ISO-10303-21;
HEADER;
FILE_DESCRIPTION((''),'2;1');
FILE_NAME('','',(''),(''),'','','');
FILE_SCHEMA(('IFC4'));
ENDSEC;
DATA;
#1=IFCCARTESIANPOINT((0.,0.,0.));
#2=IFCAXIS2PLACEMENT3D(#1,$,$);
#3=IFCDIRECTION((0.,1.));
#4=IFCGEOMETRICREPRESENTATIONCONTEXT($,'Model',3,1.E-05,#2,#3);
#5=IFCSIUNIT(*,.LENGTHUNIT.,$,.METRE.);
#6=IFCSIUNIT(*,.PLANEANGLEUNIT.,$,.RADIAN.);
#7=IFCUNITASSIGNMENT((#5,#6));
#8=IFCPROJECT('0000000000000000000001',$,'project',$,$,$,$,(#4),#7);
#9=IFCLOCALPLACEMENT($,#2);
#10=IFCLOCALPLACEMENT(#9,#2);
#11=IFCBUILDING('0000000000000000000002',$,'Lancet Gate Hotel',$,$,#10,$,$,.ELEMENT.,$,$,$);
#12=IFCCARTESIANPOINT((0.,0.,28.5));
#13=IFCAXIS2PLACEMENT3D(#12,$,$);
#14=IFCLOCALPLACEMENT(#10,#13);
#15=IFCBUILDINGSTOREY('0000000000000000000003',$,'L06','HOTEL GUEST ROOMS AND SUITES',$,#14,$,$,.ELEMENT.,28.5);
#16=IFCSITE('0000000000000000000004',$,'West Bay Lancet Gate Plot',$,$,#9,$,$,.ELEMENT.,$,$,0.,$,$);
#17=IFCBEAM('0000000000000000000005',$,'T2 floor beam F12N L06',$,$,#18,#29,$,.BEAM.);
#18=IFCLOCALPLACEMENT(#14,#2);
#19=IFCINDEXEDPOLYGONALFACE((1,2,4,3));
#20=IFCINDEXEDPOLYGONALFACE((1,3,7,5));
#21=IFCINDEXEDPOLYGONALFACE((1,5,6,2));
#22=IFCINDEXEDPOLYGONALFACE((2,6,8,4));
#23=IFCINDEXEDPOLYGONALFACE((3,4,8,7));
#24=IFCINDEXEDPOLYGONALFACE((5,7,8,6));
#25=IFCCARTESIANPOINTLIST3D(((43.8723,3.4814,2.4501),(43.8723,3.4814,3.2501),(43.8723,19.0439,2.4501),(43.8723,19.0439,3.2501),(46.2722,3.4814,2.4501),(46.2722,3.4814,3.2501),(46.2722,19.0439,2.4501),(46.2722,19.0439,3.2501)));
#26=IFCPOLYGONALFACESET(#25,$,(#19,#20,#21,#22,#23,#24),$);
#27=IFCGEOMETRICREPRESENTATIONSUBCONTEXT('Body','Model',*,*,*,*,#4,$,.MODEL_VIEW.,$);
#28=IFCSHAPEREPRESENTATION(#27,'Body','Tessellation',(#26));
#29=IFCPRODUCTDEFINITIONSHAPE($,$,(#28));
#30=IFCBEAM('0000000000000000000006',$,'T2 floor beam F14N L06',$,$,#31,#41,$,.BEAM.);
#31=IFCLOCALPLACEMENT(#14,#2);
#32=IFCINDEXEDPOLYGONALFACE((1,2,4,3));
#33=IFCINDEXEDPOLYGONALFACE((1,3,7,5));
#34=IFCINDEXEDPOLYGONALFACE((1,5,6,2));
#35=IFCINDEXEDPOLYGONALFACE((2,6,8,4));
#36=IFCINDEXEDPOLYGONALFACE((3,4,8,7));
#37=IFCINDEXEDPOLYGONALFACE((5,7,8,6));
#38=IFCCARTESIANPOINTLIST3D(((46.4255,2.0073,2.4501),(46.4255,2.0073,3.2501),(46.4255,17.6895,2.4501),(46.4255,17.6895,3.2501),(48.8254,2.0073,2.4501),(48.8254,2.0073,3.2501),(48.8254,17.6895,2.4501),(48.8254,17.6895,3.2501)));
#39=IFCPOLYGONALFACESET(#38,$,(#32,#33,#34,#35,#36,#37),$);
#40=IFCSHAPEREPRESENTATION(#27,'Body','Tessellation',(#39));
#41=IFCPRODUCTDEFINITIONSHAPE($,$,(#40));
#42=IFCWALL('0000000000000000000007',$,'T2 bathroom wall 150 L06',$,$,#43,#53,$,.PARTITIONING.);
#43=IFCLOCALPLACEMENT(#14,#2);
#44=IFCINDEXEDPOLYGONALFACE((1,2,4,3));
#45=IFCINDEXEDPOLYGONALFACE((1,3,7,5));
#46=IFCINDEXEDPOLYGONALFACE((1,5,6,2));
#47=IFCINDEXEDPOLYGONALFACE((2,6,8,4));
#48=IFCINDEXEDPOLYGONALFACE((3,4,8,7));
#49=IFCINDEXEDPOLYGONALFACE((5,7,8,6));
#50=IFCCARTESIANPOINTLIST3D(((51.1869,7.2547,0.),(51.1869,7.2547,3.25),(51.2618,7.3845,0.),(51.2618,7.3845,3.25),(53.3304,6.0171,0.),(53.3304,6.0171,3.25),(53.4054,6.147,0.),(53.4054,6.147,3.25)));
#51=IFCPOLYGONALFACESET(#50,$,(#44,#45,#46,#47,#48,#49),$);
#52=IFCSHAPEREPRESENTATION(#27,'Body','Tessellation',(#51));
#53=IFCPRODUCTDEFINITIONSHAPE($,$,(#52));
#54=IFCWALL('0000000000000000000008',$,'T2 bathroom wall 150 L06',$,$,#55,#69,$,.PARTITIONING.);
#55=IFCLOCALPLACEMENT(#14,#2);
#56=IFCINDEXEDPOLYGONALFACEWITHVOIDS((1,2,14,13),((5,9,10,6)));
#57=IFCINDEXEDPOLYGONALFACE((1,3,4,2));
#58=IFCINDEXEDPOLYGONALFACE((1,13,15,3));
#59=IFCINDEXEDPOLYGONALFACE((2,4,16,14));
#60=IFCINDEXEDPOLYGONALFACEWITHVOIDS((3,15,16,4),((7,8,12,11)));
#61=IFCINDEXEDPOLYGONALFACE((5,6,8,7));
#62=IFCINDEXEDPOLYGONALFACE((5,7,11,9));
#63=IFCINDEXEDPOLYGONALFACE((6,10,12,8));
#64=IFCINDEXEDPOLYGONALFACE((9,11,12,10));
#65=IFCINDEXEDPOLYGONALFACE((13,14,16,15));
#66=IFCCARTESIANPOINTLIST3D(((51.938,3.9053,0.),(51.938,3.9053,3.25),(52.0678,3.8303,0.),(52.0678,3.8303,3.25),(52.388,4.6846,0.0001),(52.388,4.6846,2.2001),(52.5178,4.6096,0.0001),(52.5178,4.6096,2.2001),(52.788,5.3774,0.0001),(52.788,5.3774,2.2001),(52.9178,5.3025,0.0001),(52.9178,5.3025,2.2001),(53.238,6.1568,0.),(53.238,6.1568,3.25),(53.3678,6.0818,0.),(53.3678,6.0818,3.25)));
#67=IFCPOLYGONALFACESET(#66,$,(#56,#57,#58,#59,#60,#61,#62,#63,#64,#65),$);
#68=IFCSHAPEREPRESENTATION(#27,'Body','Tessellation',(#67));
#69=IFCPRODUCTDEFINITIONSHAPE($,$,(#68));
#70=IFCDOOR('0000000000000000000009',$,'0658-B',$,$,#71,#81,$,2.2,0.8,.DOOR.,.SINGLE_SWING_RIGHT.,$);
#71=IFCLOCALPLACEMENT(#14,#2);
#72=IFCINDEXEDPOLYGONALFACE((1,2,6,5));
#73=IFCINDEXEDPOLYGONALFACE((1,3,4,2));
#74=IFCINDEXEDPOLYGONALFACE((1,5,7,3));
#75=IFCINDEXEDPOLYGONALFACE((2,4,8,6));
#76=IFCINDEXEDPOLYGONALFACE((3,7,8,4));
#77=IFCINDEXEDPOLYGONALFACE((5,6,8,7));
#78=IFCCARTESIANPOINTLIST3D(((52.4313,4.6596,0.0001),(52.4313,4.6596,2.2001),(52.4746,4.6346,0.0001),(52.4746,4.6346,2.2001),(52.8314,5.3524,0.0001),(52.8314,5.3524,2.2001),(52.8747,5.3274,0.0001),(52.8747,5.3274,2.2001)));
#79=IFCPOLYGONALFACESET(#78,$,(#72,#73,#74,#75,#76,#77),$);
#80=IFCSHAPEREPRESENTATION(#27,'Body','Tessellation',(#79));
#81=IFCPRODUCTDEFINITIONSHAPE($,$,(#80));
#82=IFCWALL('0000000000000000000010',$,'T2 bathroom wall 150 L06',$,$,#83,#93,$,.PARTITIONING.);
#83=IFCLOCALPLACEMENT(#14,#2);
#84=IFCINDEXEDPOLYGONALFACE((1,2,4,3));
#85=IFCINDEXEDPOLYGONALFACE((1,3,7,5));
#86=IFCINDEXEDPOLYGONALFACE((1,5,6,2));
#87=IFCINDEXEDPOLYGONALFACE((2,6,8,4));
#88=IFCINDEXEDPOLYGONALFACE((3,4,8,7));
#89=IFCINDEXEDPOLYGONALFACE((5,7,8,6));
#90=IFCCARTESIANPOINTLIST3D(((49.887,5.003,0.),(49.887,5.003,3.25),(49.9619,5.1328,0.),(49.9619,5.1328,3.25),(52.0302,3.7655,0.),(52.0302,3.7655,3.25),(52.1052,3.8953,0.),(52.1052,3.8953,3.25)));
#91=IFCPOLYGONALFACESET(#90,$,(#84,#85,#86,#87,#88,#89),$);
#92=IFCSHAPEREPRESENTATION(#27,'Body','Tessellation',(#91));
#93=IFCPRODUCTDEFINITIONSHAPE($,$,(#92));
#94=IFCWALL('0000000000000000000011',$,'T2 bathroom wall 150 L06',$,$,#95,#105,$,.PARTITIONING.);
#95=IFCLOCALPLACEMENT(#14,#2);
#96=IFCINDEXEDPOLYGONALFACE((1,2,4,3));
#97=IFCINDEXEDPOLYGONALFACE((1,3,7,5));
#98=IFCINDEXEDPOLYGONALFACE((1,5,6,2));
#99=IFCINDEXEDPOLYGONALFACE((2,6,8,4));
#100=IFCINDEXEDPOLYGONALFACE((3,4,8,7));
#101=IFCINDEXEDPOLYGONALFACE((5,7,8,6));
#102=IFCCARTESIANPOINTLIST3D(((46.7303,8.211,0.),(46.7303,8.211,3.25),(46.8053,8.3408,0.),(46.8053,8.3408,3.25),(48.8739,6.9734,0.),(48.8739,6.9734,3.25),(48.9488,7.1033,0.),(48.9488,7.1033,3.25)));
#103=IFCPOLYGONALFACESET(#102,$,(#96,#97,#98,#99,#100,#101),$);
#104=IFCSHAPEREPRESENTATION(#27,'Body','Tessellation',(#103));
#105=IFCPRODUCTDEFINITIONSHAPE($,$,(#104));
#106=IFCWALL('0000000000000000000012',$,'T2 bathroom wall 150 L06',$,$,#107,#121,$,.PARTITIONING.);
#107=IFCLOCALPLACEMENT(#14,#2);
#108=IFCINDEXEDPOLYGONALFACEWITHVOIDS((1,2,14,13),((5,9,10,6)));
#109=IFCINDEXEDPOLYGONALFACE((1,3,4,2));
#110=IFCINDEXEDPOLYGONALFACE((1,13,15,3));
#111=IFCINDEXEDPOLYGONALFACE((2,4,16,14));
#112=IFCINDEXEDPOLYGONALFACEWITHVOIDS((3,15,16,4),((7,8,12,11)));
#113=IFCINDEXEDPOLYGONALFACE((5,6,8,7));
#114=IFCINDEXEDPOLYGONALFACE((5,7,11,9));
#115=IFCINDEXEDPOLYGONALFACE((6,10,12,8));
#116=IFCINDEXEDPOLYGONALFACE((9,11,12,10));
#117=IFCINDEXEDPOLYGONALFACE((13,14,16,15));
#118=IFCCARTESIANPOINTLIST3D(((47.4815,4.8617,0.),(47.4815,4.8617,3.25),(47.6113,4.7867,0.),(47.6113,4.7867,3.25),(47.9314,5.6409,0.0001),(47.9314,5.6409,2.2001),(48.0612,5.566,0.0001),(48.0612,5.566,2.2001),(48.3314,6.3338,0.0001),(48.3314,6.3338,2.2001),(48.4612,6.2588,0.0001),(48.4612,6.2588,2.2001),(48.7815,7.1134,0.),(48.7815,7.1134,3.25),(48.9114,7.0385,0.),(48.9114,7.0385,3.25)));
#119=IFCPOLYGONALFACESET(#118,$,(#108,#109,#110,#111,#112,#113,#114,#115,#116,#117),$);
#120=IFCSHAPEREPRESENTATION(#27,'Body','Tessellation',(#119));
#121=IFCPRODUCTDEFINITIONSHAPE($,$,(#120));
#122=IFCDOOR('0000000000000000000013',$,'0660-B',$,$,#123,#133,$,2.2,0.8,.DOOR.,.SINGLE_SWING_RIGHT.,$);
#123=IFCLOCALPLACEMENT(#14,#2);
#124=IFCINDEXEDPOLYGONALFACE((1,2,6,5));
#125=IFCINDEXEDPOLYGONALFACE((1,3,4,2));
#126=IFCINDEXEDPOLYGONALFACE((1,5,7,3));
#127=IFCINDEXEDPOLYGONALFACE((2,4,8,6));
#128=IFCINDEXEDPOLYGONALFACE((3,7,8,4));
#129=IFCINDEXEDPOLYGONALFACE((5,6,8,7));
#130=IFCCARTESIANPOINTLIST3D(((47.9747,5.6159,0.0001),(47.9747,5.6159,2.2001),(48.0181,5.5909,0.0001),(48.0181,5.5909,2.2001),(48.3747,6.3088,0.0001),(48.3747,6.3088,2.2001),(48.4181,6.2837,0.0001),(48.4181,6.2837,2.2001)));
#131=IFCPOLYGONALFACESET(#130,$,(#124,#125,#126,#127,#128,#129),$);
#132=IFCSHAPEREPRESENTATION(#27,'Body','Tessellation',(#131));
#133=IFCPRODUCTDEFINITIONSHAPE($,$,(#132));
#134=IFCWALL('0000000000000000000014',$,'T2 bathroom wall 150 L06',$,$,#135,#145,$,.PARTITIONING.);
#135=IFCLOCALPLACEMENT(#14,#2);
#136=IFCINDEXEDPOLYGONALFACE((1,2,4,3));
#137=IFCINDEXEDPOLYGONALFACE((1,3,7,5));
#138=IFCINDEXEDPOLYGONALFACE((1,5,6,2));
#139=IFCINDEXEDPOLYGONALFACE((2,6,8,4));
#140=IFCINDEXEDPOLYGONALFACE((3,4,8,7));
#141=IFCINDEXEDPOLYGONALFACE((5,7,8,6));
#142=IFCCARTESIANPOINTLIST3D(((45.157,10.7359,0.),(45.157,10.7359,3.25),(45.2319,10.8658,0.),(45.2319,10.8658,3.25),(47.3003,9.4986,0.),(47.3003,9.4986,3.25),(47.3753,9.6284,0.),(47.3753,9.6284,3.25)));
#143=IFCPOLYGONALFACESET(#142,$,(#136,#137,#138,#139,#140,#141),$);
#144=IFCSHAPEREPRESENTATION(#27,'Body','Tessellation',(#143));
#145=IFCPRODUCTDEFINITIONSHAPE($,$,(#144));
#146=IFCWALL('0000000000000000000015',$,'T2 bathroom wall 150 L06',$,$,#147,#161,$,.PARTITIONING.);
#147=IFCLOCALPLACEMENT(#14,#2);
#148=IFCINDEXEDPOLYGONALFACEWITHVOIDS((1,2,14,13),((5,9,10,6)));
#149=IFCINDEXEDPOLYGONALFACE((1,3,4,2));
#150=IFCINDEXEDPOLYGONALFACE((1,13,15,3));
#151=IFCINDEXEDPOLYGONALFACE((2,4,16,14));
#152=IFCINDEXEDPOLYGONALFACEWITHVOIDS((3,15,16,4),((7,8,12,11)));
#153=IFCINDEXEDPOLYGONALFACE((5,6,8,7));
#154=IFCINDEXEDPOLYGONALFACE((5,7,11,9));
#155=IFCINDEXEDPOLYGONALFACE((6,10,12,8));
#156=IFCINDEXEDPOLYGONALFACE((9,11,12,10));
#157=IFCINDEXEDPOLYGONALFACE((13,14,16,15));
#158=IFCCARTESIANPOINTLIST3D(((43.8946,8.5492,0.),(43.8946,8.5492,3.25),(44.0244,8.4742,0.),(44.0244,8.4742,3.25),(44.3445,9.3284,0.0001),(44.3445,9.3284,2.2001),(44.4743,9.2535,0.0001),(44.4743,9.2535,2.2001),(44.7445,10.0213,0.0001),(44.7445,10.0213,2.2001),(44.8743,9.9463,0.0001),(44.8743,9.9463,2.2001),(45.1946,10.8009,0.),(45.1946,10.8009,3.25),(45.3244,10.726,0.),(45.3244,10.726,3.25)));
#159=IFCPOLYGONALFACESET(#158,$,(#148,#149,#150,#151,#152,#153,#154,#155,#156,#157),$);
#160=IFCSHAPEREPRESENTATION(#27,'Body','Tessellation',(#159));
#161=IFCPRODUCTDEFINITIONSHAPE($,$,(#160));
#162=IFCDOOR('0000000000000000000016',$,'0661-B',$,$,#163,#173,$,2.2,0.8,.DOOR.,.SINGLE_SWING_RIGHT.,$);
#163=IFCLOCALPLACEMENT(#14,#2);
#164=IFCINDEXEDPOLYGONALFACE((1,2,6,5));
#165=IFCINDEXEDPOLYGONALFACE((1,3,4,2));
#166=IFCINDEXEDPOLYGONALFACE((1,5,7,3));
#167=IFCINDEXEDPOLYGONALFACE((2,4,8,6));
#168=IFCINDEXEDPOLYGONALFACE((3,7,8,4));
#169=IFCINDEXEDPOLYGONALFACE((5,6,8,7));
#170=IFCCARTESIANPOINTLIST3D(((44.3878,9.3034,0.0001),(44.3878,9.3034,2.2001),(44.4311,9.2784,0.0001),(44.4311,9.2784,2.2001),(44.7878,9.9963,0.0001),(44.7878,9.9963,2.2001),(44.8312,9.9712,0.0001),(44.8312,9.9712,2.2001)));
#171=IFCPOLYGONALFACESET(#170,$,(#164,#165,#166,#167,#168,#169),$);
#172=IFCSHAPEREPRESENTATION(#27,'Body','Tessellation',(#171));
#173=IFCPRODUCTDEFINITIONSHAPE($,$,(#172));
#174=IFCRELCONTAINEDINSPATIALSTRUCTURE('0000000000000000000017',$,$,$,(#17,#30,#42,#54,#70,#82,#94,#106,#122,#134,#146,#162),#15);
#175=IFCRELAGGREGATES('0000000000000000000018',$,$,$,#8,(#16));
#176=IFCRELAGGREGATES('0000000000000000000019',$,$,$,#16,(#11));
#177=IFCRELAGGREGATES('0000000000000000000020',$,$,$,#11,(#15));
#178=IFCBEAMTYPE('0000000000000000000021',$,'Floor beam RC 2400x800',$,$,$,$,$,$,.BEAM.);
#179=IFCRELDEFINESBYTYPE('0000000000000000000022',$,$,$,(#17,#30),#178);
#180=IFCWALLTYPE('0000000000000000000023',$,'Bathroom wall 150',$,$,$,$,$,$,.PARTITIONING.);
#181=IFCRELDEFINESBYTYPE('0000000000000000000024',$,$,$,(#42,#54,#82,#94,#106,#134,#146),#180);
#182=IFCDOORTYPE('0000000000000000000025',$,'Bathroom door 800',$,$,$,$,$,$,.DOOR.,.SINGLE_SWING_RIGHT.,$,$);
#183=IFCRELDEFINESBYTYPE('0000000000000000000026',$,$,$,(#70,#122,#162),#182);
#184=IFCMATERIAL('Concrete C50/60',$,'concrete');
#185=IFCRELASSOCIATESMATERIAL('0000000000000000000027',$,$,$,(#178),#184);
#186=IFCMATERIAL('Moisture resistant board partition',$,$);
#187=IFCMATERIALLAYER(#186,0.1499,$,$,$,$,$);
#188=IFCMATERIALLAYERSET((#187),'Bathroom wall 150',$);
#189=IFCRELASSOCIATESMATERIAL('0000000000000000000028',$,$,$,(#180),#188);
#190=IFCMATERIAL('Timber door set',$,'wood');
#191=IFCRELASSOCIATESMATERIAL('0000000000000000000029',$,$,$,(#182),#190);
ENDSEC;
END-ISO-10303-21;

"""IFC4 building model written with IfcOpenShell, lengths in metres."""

from ifc_helpers import new_model, si_unit, direction, frame, frame_2d, origin, origin_2d, place, context, subcontext, project, spatial, rectangle, extrude, material, layer, layer_set, material_profile, profile_set, type_object, element, fill, save


model = new_model("IFC4")

# Units and contexts
model_context = context("Model", 3, precision=1e-05, world=origin(), true_north=direction((0.0, 1.0)))
body_context = subcontext(model_context, "Body", "Model", "MODEL_VIEW")
ifc_project = project(units=[si_unit("LENGTHUNIT", "METRE"), si_unit("PLANEANGLEUNIT", "RADIAN")], contexts=[model_context])

# Site, building, storey
site_placement = place(None, origin())
site = spatial("IfcSite", under=ifc_project, at=site_placement, Name="West Bay Lancet Gate Plot", CompositionType="ELEMENT", RefElevation=0.0)
building_placement = place(site_placement, origin())
building = spatial("IfcBuilding", under=site, at=building_placement, Name="Lancet Gate Hotel", CompositionType="ELEMENT")
storey_placement = place(building_placement, frame((0.0, 0.0, 28.5)))
storey = spatial("IfcBuildingStorey", under=building, at=storey_placement, Name="L06", Description="HOTEL GUEST ROOMS AND SUITES", CompositionType="ELEMENT", Elevation=28.5)

# Beams
ifc_material_1 = material(Name="Concrete C50/60", Category="concrete")
ifc_material_profile = material_profile(ifc_material_1, rectangle(XDim=2.3999, YDim=0.8, at=origin_2d()), Name="RC 2400x800")
ifc_profile_set = profile_set([ifc_material_profile], Name="Concrete C50/60")
beam_type = type_object("IfcBeamType", Name="Floor beam RC 2400x800", PredefinedType="BEAM", material=ifc_profile_set)
beam_1_placement = place(storey_placement, frame((45.0723, 3.4814, 2.8501), z_axis=(0.0, 1.0, 0.0), x_axis=(-1.0, 0.0, 0.0)))
element("IfcBeam", 1, at=beam_1_placement, inside=storey, type_object=beam_type, Name="T2 floor beam F12N L06", PredefinedType="BEAM", context=body_context, shape_type="SweptSolid", body=[
    extrude(rectangle(XDim=2.3999, YDim=0.8, at=origin_2d()), origin(), (0.0, 0.0, 1.0), 15.5625),
])
beam_2_placement = place(storey_placement, frame((47.6255, 2.0073, 2.8501), z_axis=(0.0, 1.0, 0.0), x_axis=(-1.0, 0.0, 0.0)))
element("IfcBeam", 2, at=beam_2_placement, inside=storey, type_object=beam_type, Name="T2 floor beam F14N L06", PredefinedType="BEAM", context=body_context, shape_type="SweptSolid", body=[
    extrude(rectangle(XDim=2.3999, YDim=0.8, at=origin_2d()), origin(), (0.0, 0.0, 1.0), 15.6821),
])

# Wall
ifc_material_2 = material(Name="Moisture resistant board partition")
ifc_layer_1 = layer(ifc_material_2, 0.1499)
ifc_layer_set_1 = layer_set([ifc_layer_1], Name="Bathroom wall 150")
wall_type_1 = type_object("IfcWallType", Name="Bathroom wall 150", PredefinedType="PARTITIONING", material=ifc_layer_set_1)
wall_1_placement = place(storey_placement, frame((51.2244, 7.3196, 0.0), z_axis=(0.0, 0.0, 1.0), x_axis=(0.866031, -0.49999, 0.0)))
element("IfcWall", 3, at=wall_1_placement, inside=storey, type_object=wall_type_1, Name="T2 bathroom wall 150 L06", PredefinedType="PARTITIONING", context=body_context, shape_type="SweptSolid", body=[
    extrude(rectangle(XDim=2.4751, YDim=0.1499, at=frame_2d((1.2375, 0.0))), origin(), (0.0, 0.0, 1.0), 3.25),
])

# Wall, opening, door
wall_2_placement = place(storey_placement, frame((52.0029, 3.8679, 0.0), z_axis=(0.0, 0.0, 1.0), x_axis=(0.500048, 0.865998, 0.0)))
wall_2 = element("IfcWall", 4, at=wall_2_placement, inside=storey, type_object=wall_type_1, Name="T2 bathroom wall 150 L06", PredefinedType="PARTITIONING", context=body_context, shape_type="SweptSolid", body=[
    extrude(rectangle(XDim=2.5999, YDim=0.1499, at=frame_2d((1.2998, 0.0))), origin(), (0.0, 0.0, 1.0), 3.25),
])
opening_1_placement = place(wall_2_placement, frame((0.8999, 0.0, 0.0)))
opening_1 = element("IfcOpeningElement", 5, at=opening_1_placement, cuts=wall_2, PredefinedType="OPENING", context=body_context, shape_type="SweptSolid", body=[
    extrude(rectangle(XDim=0.8, YDim=2.2, at=frame_2d((0.3999, 1.1001))), frame((0.0, 0.085, 0.0), z_axis=(0.0, -1.0, 0.0), x_axis=(1.0, 0.0, 0.0)), (0.0, 0.0, 1.0), 0.1699),
])
ifc_material_3 = material(Name="Timber door set", Category="wood")
door_type_1 = type_object("IfcDoorType", Name="Bathroom door 800", OperationType="SINGLE_SWING_RIGHT", PredefinedType="DOOR", material=ifc_material_3)
door_1_placement = place(opening_1_placement, origin())
door_1 = element("IfcDoor", 6, at=door_1_placement, inside=storey, type_object=door_type_1, Name="0658-B", OperationType="SINGLE_SWING_RIGHT", OverallHeight=2.2, OverallWidth=0.8, PredefinedType="DOOR", context=body_context, shape_type="SweptSolid", body=[
    extrude(rectangle(XDim=0.8, YDim=2.2, at=frame_2d((0.3999, 1.1001))), frame((0.0, 0.0249, 0.0), z_axis=(0.0, -1.0, 0.0), x_axis=(1.0, 0.0, 0.0)), (0.0, 0.0, 1.0), 0.05),
])
fill(opening_1, door_1)

# Walls
wall_3_placement = place(storey_placement, frame((49.9246, 5.0679, 0.0), z_axis=(0.0, 0.0, 1.0), x_axis=(0.866007, -0.500033, 0.0)))
element("IfcWall", 7, at=wall_3_placement, inside=storey, type_object=wall_type_1, Name="T2 bathroom wall 150 L06", PredefinedType="PARTITIONING", context=body_context, shape_type="SweptSolid", body=[
    extrude(rectangle(XDim=2.4749, YDim=0.1499, at=frame_2d((1.2373, 0.0))), origin(), (0.0, 0.0, 1.0), 3.25),
])
wall_4_placement = place(storey_placement, frame((46.7678, 8.2759, 0.0), z_axis=(0.0, 0.0, 1.0), x_axis=(0.866031, -0.49999, 0.0)))
element("IfcWall", 8, at=wall_4_placement, inside=storey, type_object=wall_type_1, Name="T2 bathroom wall 150 L06", PredefinedType="PARTITIONING", context=body_context, shape_type="SweptSolid", body=[
    extrude(rectangle(XDim=2.4751, YDim=0.1499, at=frame_2d((1.2375, 0.0))), origin(), (0.0, 0.0, 1.0), 3.25),
])

# Wall, opening, door
wall_5_placement = place(storey_placement, frame((47.5464, 4.8242, 0.0), z_axis=(0.0, 0.0, 1.0), x_axis=(0.500007, 0.866021, 0.0)))
wall_5 = element("IfcWall", 9, at=wall_5_placement, inside=storey, type_object=wall_type_1, Name="T2 bathroom wall 150 L06", PredefinedType="PARTITIONING", context=body_context, shape_type="SweptSolid", body=[
    extrude(rectangle(XDim=2.6001, YDim=0.1499, at=frame_2d((1.3, 0.0))), origin(), (0.0, 0.0, 1.0), 3.25),
])
opening_2_placement = place(wall_5_placement, frame((0.8999, 0.0, 0.0)))
opening_2 = element("IfcOpeningElement", 10, at=opening_2_placement, cuts=wall_5, PredefinedType="OPENING", context=body_context, shape_type="SweptSolid", body=[
    extrude(rectangle(XDim=0.8, YDim=2.2, at=frame_2d((0.3999, 1.1001))), frame((0.0, 0.085, 0.0), z_axis=(0.0, -1.0, 0.0), x_axis=(1.0, 0.0, 0.0)), (0.0, 0.0, 1.0), 0.1699),
])
door_2_placement = place(opening_2_placement, origin())
door_2 = element("IfcDoor", 11, at=door_2_placement, inside=storey, type_object=door_type_1, Name="0660-B", OperationType="SINGLE_SWING_RIGHT", OverallHeight=2.2, OverallWidth=0.8, PredefinedType="DOOR", context=body_context, shape_type="SweptSolid", body=[
    extrude(rectangle(XDim=0.8, YDim=2.2, at=frame_2d((0.3999, 1.1001))), frame((0.0, 0.0249, 0.0), z_axis=(0.0, -1.0, 0.0), x_axis=(1.0, 0.0, 0.0)), (0.0, 0.0, 1.0), 0.05),
])
fill(opening_2, door_2)

# Wall
wall_6_placement = place(storey_placement, frame((45.1946, 10.8008, 0.0), z_axis=(0.0, 0.0, 1.0), x_axis=(0.866049, -0.499959, 0.0)))
element("IfcWall", 12, at=wall_6_placement, inside=storey, type_object=wall_type_1, Name="T2 bathroom wall 150 L06", PredefinedType="PARTITIONING", context=body_context, shape_type="SweptSolid", body=[
    extrude(rectangle(XDim=2.4749, YDim=0.1499, at=frame_2d((1.2373, 0.0))), origin(), (0.0, 0.0, 1.0), 3.25),
])

# Wall, opening, door
wall_7_placement = place(storey_placement, frame((43.9595, 8.5117, 0.0), z_axis=(0.0, 0.0, 1.0), x_axis=(0.500007, 0.866021, 0.0)))
wall_7 = element("IfcWall", 13, at=wall_7_placement, inside=storey, type_object=wall_type_1, Name="T2 bathroom wall 150 L06", PredefinedType="PARTITIONING", context=body_context, shape_type="SweptSolid", body=[
    extrude(rectangle(XDim=2.6001, YDim=0.1499, at=frame_2d((1.3, 0.0))), origin(), (0.0, 0.0, 1.0), 3.25),
])
opening_3_placement = place(wall_7_placement, frame((0.8999, 0.0, 0.0)))
opening_3 = element("IfcOpeningElement", 14, at=opening_3_placement, cuts=wall_7, PredefinedType="OPENING", context=body_context, shape_type="SweptSolid", body=[
    extrude(rectangle(XDim=0.8, YDim=2.2, at=frame_2d((0.3999, 1.1001))), frame((0.0, 0.085, 0.0), z_axis=(0.0, -1.0, 0.0), x_axis=(1.0, 0.0, 0.0)), (0.0, 0.0, 1.0), 0.1699),
])
door_3_placement = place(opening_3_placement, origin())
door_3 = element("IfcDoor", 15, at=door_3_placement, inside=storey, type_object=door_type_1, Name="0661-B", OperationType="SINGLE_SWING_RIGHT", OverallHeight=2.2, OverallWidth=0.8, PredefinedType="DOOR", context=body_context, shape_type="SweptSolid", body=[
    extrude(rectangle(XDim=0.8, YDim=2.2, at=frame_2d((0.3999, 1.1001))), frame((0.0, 0.0249, 0.0), z_axis=(0.0, -1.0, 0.0), x_axis=(1.0, 0.0, 0.0)), (0.0, 0.0, 1.0), 0.05),
])
fill(opening_3, door_3)

save(model, "model.ifc")
